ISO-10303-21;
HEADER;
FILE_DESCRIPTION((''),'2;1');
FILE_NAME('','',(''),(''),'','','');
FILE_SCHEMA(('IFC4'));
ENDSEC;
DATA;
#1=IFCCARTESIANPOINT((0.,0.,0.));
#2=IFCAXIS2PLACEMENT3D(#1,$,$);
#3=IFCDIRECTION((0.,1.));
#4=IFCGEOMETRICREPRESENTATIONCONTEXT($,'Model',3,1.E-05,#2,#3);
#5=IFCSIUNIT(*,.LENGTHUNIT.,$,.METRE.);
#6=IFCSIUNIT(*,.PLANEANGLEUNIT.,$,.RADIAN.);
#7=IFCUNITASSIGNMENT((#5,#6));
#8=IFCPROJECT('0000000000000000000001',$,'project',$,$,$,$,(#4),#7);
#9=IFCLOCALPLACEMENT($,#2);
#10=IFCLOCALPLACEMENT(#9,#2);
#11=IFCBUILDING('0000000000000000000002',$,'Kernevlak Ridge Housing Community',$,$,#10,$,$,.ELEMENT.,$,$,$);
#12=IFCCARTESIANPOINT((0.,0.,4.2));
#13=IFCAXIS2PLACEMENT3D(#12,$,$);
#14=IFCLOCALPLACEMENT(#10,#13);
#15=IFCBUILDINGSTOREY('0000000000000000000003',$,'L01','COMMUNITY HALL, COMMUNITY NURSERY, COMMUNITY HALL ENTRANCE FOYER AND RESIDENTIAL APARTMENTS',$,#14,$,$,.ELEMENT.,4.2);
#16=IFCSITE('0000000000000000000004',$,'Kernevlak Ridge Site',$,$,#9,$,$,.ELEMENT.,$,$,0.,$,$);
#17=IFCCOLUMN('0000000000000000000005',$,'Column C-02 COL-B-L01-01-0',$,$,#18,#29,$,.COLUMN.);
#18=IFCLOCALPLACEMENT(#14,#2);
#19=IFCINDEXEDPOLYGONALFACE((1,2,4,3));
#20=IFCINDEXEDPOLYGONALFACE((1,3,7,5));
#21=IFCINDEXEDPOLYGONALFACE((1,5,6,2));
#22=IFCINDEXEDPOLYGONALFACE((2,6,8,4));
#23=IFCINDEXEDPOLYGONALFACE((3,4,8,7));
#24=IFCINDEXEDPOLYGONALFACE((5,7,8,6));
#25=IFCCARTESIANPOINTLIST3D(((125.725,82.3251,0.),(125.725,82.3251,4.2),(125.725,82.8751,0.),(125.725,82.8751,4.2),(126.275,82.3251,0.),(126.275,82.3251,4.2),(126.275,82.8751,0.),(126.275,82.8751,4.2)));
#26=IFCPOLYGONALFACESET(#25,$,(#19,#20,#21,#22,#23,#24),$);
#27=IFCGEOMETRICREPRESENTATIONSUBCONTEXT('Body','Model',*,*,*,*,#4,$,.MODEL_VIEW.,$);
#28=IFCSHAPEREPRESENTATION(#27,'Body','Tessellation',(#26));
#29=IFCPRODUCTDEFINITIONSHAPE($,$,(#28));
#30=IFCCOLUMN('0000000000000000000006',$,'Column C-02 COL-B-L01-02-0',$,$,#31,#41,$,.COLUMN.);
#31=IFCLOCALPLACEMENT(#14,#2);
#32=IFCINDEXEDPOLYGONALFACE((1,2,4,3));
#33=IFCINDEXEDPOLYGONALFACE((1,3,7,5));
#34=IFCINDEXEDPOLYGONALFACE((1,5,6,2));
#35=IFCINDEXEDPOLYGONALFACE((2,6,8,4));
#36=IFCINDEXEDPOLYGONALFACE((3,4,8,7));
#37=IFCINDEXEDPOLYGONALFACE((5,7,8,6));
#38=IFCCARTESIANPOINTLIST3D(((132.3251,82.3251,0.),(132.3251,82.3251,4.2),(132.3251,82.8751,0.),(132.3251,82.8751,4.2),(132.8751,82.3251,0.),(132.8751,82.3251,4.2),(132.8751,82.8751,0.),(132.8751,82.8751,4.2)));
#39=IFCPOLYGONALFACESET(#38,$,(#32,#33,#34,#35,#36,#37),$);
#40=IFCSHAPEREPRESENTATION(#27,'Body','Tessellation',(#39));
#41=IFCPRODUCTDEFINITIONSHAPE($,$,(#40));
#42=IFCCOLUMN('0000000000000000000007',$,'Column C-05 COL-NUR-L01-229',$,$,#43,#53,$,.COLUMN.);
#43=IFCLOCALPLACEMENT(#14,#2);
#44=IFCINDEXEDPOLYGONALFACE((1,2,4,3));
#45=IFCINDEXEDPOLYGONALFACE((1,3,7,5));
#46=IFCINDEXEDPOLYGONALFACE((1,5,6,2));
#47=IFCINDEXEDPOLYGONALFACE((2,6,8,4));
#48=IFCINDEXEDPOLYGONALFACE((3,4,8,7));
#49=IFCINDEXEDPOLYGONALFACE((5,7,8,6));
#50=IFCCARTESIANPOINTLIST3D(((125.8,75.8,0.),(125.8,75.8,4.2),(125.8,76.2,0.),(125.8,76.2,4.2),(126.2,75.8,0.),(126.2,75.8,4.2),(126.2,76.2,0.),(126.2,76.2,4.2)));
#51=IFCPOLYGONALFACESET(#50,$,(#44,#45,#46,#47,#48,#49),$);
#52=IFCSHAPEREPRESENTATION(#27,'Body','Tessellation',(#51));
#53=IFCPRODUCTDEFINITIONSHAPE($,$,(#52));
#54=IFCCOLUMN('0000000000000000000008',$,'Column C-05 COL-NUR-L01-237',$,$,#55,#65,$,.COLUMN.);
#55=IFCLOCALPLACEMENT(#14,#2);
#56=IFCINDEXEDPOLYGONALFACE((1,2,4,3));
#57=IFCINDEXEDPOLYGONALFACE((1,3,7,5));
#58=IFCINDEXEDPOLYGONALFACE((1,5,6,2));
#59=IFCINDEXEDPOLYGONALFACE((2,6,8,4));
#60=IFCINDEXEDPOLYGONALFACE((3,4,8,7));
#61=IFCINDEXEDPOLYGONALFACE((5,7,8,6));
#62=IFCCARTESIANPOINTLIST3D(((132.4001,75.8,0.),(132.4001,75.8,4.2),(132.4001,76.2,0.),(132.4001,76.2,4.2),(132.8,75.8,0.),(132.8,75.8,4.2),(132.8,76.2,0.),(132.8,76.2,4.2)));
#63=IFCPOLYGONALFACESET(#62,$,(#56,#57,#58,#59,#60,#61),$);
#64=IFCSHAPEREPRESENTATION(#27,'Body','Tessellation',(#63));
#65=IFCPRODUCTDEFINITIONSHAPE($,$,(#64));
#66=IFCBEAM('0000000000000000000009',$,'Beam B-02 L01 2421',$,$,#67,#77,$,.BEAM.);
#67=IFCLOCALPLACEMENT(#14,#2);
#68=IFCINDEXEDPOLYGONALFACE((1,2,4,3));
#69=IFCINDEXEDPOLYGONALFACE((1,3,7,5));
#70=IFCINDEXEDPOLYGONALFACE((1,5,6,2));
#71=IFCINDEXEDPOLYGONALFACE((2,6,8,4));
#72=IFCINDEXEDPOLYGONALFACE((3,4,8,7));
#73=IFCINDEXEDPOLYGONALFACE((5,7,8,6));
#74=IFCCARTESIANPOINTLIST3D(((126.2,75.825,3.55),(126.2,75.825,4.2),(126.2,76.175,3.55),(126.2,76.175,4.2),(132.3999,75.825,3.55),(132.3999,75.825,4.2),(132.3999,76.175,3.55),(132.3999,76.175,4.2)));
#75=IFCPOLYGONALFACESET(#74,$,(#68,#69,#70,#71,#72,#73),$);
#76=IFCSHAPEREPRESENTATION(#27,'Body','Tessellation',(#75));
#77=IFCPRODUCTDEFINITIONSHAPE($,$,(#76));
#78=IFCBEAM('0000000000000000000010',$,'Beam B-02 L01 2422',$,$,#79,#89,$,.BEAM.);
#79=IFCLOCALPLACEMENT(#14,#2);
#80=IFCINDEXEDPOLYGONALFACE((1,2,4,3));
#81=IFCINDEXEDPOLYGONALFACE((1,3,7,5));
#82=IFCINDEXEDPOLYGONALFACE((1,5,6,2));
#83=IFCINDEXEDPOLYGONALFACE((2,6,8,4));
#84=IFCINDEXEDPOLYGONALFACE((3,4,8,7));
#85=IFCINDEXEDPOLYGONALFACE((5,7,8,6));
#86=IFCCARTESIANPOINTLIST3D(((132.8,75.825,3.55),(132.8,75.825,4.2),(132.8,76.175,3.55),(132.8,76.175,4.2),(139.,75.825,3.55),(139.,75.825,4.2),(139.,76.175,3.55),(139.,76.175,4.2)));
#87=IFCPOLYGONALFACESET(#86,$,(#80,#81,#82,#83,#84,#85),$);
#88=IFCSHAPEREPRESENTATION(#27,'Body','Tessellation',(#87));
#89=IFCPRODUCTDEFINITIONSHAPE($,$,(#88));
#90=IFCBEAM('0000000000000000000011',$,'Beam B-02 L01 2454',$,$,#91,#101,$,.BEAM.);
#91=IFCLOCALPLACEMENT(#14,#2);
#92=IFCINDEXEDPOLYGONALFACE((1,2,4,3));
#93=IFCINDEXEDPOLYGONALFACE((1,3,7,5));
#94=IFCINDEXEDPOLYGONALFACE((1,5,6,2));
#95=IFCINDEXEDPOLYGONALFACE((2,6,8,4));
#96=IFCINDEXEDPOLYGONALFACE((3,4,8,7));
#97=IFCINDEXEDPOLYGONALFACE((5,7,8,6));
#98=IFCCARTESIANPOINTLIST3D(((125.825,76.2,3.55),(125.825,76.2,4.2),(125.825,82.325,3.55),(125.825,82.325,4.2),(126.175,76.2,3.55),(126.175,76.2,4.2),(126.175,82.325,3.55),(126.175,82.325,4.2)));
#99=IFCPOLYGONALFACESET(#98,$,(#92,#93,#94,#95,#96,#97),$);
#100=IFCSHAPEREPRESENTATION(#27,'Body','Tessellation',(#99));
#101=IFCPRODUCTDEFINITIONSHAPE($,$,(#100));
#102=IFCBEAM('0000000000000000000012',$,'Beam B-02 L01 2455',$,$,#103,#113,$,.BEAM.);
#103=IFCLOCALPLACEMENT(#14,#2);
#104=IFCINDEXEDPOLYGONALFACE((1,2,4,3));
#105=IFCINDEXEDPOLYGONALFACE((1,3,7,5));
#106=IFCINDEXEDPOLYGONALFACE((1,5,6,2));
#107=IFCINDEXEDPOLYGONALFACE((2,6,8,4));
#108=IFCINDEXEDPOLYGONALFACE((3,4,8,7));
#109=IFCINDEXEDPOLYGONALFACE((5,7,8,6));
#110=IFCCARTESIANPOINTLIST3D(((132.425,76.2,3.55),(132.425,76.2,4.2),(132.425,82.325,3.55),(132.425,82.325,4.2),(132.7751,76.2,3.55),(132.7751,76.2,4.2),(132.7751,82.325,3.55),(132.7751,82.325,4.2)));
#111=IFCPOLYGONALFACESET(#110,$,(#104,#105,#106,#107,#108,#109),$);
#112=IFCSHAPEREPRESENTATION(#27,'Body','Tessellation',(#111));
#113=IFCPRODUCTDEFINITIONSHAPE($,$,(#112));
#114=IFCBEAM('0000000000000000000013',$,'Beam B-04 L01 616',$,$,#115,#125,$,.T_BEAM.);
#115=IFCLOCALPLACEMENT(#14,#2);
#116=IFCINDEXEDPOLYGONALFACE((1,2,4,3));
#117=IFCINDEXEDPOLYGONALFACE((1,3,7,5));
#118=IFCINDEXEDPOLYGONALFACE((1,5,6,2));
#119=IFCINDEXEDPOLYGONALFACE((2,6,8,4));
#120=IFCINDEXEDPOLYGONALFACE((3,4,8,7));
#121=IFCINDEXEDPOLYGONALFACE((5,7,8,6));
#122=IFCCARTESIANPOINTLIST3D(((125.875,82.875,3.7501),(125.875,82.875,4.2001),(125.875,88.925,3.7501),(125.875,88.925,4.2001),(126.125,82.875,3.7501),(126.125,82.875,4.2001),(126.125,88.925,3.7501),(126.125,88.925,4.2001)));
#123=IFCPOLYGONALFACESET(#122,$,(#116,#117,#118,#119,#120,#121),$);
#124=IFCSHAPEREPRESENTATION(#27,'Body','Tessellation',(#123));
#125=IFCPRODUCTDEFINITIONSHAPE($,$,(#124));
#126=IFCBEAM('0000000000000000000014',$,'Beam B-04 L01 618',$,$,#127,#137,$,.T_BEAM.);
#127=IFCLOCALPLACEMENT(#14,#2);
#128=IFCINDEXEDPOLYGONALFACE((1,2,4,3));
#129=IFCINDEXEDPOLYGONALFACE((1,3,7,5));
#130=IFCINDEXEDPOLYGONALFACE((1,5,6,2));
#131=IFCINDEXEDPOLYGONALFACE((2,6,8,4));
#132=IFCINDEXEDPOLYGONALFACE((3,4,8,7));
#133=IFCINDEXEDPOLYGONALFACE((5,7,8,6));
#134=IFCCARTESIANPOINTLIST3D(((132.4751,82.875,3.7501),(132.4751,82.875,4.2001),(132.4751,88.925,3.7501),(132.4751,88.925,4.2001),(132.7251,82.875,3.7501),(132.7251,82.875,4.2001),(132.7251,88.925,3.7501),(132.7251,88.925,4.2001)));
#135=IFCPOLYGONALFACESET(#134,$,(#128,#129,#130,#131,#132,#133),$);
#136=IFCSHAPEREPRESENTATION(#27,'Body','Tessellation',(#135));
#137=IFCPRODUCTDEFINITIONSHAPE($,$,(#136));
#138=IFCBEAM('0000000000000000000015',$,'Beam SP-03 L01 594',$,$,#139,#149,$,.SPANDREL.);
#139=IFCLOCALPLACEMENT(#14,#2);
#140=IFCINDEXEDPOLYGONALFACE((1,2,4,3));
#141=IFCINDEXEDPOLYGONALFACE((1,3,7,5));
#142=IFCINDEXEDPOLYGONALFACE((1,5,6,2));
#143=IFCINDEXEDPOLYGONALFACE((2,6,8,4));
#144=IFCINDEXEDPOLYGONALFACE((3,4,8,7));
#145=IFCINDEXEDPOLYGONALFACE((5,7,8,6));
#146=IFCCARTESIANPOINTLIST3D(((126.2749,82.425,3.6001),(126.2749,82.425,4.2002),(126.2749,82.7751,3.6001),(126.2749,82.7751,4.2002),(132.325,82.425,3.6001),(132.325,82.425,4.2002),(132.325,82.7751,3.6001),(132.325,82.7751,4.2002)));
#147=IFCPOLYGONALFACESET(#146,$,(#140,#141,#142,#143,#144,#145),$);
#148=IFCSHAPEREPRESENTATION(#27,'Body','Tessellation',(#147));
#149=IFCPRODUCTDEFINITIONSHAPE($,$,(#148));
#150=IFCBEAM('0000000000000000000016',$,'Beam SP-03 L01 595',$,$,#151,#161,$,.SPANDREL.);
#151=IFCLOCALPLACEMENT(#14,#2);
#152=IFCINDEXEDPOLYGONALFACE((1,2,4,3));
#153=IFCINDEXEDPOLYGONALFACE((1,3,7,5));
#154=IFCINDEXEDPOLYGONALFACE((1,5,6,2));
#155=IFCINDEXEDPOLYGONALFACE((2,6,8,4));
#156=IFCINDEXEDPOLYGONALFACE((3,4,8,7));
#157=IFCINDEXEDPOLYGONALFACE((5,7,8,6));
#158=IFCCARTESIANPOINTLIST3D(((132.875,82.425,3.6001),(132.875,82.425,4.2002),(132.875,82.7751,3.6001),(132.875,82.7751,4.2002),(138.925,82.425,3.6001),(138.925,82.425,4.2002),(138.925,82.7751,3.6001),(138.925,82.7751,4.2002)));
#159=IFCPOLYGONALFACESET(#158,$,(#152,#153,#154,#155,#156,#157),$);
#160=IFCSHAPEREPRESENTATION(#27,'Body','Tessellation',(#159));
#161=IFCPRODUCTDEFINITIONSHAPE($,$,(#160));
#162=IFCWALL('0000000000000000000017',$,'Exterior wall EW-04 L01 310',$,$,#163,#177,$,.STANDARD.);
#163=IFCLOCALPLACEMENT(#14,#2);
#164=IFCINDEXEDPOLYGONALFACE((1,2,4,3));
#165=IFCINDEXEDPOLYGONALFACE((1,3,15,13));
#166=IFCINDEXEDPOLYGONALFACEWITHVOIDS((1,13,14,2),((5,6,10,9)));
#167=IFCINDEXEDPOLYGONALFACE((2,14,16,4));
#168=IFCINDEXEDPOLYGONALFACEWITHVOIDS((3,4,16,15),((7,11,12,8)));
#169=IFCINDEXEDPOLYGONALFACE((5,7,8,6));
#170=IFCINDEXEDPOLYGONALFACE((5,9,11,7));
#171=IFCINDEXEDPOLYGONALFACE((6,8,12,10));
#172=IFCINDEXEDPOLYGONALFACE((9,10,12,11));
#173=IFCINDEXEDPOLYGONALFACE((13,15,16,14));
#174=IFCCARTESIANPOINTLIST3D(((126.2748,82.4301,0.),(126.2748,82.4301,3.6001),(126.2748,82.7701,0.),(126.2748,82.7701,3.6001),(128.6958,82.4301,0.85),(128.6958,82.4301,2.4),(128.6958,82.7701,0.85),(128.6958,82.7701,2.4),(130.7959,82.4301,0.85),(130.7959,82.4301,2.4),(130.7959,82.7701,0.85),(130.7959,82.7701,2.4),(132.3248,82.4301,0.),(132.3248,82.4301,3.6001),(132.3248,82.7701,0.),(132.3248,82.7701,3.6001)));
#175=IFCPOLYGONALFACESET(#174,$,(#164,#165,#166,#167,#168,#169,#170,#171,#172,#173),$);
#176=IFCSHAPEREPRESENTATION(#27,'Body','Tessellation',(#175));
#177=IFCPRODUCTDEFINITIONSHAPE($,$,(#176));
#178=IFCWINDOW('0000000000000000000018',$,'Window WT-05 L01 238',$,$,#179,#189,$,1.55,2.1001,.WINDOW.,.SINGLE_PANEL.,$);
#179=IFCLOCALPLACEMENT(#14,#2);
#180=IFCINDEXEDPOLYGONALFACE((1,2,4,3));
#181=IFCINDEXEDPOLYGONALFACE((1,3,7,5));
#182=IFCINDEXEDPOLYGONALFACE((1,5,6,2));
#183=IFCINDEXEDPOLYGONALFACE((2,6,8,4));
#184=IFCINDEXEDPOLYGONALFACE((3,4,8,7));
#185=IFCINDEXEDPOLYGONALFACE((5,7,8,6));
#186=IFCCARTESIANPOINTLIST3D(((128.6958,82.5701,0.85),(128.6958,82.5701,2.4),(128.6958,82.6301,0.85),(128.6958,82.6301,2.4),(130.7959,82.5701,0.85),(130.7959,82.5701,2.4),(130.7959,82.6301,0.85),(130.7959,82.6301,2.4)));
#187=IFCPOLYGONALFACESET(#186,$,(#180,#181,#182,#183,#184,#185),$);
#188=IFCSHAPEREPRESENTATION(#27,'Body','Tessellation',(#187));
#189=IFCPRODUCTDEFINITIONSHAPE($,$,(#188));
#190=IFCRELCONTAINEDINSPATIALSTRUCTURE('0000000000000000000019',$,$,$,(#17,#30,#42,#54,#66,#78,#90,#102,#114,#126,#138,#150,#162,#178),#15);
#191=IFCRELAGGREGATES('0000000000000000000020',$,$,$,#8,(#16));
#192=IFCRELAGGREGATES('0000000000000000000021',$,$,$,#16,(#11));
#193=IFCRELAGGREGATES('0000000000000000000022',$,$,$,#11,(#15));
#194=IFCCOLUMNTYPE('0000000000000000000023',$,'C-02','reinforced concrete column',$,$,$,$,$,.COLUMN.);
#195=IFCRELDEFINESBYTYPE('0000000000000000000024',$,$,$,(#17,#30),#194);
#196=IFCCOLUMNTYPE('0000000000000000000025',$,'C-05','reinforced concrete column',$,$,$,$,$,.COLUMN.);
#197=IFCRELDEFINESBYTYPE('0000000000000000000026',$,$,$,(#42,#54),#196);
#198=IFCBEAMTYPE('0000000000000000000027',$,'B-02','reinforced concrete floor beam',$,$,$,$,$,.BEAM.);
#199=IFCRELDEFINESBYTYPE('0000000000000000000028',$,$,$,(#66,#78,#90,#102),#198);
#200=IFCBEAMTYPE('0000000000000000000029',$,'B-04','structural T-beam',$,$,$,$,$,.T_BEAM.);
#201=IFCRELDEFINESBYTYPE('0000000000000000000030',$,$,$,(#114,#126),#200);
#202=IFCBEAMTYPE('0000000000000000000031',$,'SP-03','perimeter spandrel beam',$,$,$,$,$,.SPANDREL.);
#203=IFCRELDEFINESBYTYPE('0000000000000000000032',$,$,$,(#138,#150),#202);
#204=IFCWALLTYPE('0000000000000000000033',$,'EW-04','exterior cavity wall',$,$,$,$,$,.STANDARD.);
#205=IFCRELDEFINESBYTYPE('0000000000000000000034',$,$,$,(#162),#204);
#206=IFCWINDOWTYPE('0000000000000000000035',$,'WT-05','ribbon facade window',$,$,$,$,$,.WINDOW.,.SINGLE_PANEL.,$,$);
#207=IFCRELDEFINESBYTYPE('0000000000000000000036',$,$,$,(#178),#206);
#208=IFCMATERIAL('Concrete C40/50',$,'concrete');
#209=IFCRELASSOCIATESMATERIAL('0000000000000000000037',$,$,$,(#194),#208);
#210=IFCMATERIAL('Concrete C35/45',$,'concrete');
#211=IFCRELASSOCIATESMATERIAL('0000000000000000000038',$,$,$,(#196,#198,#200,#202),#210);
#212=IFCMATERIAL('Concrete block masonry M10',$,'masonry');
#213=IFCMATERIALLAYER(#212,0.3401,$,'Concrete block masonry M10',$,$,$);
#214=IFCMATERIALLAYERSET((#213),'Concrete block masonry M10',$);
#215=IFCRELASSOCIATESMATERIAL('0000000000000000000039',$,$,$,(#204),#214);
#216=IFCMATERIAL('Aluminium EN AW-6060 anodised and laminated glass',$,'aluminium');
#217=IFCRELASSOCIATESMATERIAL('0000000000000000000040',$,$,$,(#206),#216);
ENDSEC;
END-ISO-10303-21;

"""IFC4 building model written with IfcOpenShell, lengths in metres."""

from ifc_helpers import new_model, si_unit, direction, frame, frame_2d, origin, origin_2d, place, context, subcontext, project, spatial, rectangle, extrude, material, layer, layer_set, material_profile, profile_set, type_object, element, fill, save


model = new_model("IFC4")

# Units and contexts
model_context = context("Model", 3, precision=1e-05, world=origin(), true_north=direction((0.0, 1.0)))
body_context = subcontext(model_context, "Body", "Model", "MODEL_VIEW")
ifc_project = project(units=[si_unit("LENGTHUNIT", "METRE"), si_unit("PLANEANGLEUNIT", "RADIAN")], contexts=[model_context])

# Site, building, storey
site_placement = place(None, origin())
site = spatial("IfcSite", under=ifc_project, at=site_placement, Name="Kernevlak Ridge Site", CompositionType="ELEMENT", RefElevation=0.0)
building_placement = place(site_placement, origin())
building = spatial("IfcBuilding", under=site, at=building_placement, Name="Kernevlak Ridge Housing Community", CompositionType="ELEMENT")
storey_placement = place(building_placement, frame((0.0, 0.0, 4.2)))
storey = spatial("IfcBuildingStorey", under=building, at=storey_placement, Name="L01", Description="COMMUNITY HALL, COMMUNITY NURSERY, COMMUNITY HALL ENTRANCE FOYER AND RESIDENTIAL APARTMENTS", CompositionType="ELEMENT", Elevation=4.2)

# Columns
ifc_material_1 = material(Name="Concrete C40/50", Category="concrete")
ifc_material_profile_1 = material_profile(ifc_material_1, rectangle(XDim=0.55, YDim=0.55, at=origin_2d()), Name="RC 550x550")
ifc_profile_set_1 = profile_set([ifc_material_profile_1], Name="Concrete C40/50")
column_type_1 = type_object("IfcColumnType", Name="C-02", Description="reinforced concrete column", PredefinedType="COLUMN", material=ifc_profile_set_1)
for number, where, z_axis, x_axis, name in (
    (1, (126.0, 82.6001, 0.0), (0.0, 0.0, 1.0), (1.0, 0.0, 0.0), "Column C-02 COL-B-L01-01-0"),
    (2, (132.6001, 82.6001, 0.0), (0.0, 0.0, 1.0), (1.0, 0.0, 0.0), "Column C-02 COL-B-L01-02-0"),
):
    element("IfcColumn", number, at=place(storey_placement, frame(where, z_axis=z_axis, x_axis=x_axis)), inside=storey, type_object=column_type_1, Name=name, PredefinedType="COLUMN", context=body_context, shape_type="SweptSolid", body=[
        extrude(rectangle(XDim=0.55, YDim=0.55, at=origin_2d()), origin(), (0.0, 0.0, 1.0), 4.2),
    ])
ifc_material_2 = material(Name="Concrete C35/45", Category="concrete")
ifc_material_profile_2 = material_profile(ifc_material_2, rectangle(XDim=0.3999, YDim=0.3999, at=origin_2d()), Name="RC 400x400")
ifc_profile_set_2 = profile_set([ifc_material_profile_2], Name="Concrete C35/45")
column_type_2 = type_object("IfcColumnType", Name="C-05", Description="reinforced concrete column", PredefinedType="COLUMN", material=ifc_profile_set_2)
for number, where, z_axis, x_axis, name in (
    (3, (126.0, 76.0, 0.0), (0.0, 0.0, 1.0), (1.0, 0.0, 0.0), "Column C-05 COL-NUR-L01-229"),
    (4, (132.6001, 76.0, 0.0), (0.0, 0.0, 1.0), (1.0, 0.0, 0.0), "Column C-05 COL-NUR-L01-237"),
):
    element("IfcColumn", number, at=place(storey_placement, frame(where, z_axis=z_axis, x_axis=x_axis)), inside=storey, type_object=column_type_2, Name=name, PredefinedType="COLUMN", context=body_context, shape_type="SweptSolid", body=[
        extrude(rectangle(XDim=0.3999, YDim=0.3999, at=origin_2d()), origin(), (0.0, 0.0, 1.0), 4.2),
    ])

# Beams
ifc_material_profile_3 = material_profile(ifc_material_2, rectangle(XDim=0.3501, YDim=0.6499, at=origin_2d()), Name="RC 350x650")
ifc_profile_set_3 = profile_set([ifc_material_profile_3], Name="Concrete C35/45")
beam_type_1 = type_object("IfcBeamType", Name="B-02", Description="reinforced concrete floor beam", PredefinedType="BEAM", material=ifc_profile_set_3)
for number, where, z_axis, x_axis, name in (
    (5, (126.2, 76.0, 3.875), (1.0, 0.0, 0.0), (0.0, 1.0, 0.0), "Beam B-02 L01 2421"),
    (6, (132.8, 76.0, 3.875), (1.0, 0.0, 0.0), (0.0, 1.0, 0.0), "Beam B-02 L01 2422"),
):
    element("IfcBeam", number, at=place(storey_placement, frame(where, z_axis=z_axis, x_axis=x_axis)), inside=storey, type_object=beam_type_1, Name=name, PredefinedType="BEAM", context=body_context, shape_type="SweptSolid", body=[
        extrude(rectangle(XDim=0.3501, YDim=0.6499, at=origin_2d()), origin(), (0.0, 0.0, 1.0), 6.2),
    ])
for number, where, z_axis, x_axis, name in (
    (7, (126.0, 76.2, 3.875), (0.0, 1.0, 0.0), (-1.0, 0.0, 0.0), "Beam B-02 L01 2454"),
    (8, (132.6001, 76.2, 3.875), (0.0, 1.0, 0.0), (-1.0, 0.0, 0.0), "Beam B-02 L01 2455"),
):
    element("IfcBeam", number, at=place(storey_placement, frame(where, z_axis=z_axis, x_axis=x_axis)), inside=storey, type_object=beam_type_1, Name=name, PredefinedType="BEAM", context=body_context, shape_type="SweptSolid", body=[
        extrude(rectangle(XDim=0.3501, YDim=0.6499, at=origin_2d()), origin(), (0.0, 0.0, 1.0), 6.125),
    ])
ifc_material_profile_4 = material_profile(ifc_material_2, rectangle(XDim=0.25, YDim=0.45, at=origin_2d()), Name="RC 250x450")
ifc_profile_set_4 = profile_set([ifc_material_profile_4], Name="Concrete C35/45")
beam_type_2 = type_object("IfcBeamType", Name="B-04", Description="structural T-beam", PredefinedType="T_BEAM", material=ifc_profile_set_4)
for number, where, z_axis, x_axis, name in (
    (9, (126.0, 82.875, 3.9751), (0.0, 1.0, 0.0), (-1.0, 0.0, 0.0), "Beam B-04 L01 616"),
    (10, (132.6001, 82.875, 3.9751), (0.0, 1.0, 0.0), (-1.0, 0.0, 0.0), "Beam B-04 L01 618"),
):
    element("IfcBeam", number, at=place(storey_placement, frame(where, z_axis=z_axis, x_axis=x_axis)), inside=storey, type_object=beam_type_2, Name=name, PredefinedType="T_BEAM", context=body_context, shape_type="SweptSolid", body=[
        extrude(rectangle(XDim=0.25, YDim=0.45, at=origin_2d()), origin(), (0.0, 0.0, 1.0), 6.05),
    ])
ifc_material_profile_5 = material_profile(ifc_material_2, rectangle(XDim=0.3501, YDim=0.6001, at=origin_2d()), Name="RC 350x600")
ifc_profile_set_5 = profile_set([ifc_material_profile_5], Name="Concrete C35/45")
beam_type_3 = type_object("IfcBeamType", Name="SP-03", Description="perimeter spandrel beam", PredefinedType="SPANDREL", material=ifc_profile_set_5)
for number, where, z_axis, x_axis, name in (
    (11, (126.2749, 82.6001, 3.9001), (1.0, 0.0, 0.0), (0.0, 1.0, 0.0), "Beam SP-03 L01 594"),
    (12, (132.875, 82.6001, 3.9001), (1.0, 0.0, 0.0), (0.0, 1.0, 0.0), "Beam SP-03 L01 595"),
):
    element("IfcBeam", number, at=place(storey_placement, frame(where, z_axis=z_axis, x_axis=x_axis)), inside=storey, type_object=beam_type_3, Name=name, PredefinedType="SPANDREL", context=body_context, shape_type="SweptSolid", body=[
        extrude(rectangle(XDim=0.3501, YDim=0.6001, at=origin_2d()), origin(), (0.0, 0.0, 1.0), 6.05),
    ])

# Wall, opening, window
ifc_material_3 = material(Name="Concrete block masonry M10", Category="masonry")
ifc_layer_1 = layer(ifc_material_3, 0.3401, Name="Concrete block masonry M10")
ifc_layer_set_1 = layer_set([ifc_layer_1], Name="Concrete block masonry M10")
wall_type_1 = type_object("IfcWallType", Name="EW-04", Description="exterior cavity wall", PredefinedType="STANDARD", material=ifc_layer_set_1)
wall_1_placement = place(storey_placement, frame((126.2749, 82.6001, 0.0), z_axis=(0.0, 0.0, 1.0), x_axis=(1.0, 0.0, 0.0)))
wall_1 = element("IfcWall", 13, at=wall_1_placement, inside=storey, type_object=wall_type_1, Name="Exterior wall EW-04 L01 310", PredefinedType="STANDARD", context=body_context, shape_type="SweptSolid", body=[
    extrude(rectangle(XDim=6.05, YDim=0.3401, at=frame_2d((3.0249, 0.0))), origin(), (0.0, 0.0, 1.0), 3.6001),
])
opening_1_placement = place(wall_1_placement, frame((2.4209, 0.0, 0.8501)))
opening_1 = element("IfcOpeningElement", 14, at=opening_1_placement, cuts=wall_1, PredefinedType="OPENING", context=body_context, shape_type="SweptSolid", body=[
    extrude(rectangle(XDim=2.1001, YDim=1.55, at=frame_2d((1.05, 0.7749))), frame((0.0, 0.1799, 0.0), z_axis=(0.0, -1.0, 0.0), x_axis=(1.0, 0.0, 0.0)), (0.0, 0.0, 1.0), 0.3601),
])
ifc_material_4 = material(Name="Aluminium EN AW-6060 anodised and laminated glass", Category="aluminium")
window_type_1 = type_object("IfcWindowType", Name="WT-05", Description="ribbon facade window", PartitioningType="SINGLE_PANEL", PredefinedType="WINDOW", material=ifc_material_4)
window_1_placement = place(opening_1_placement, origin())
window_1 = element("IfcWindow", 15, at=window_1_placement, inside=storey, type_object=window_type_1, Name="Window WT-05 L01 238", OverallHeight=1.55, OverallWidth=2.1001, PartitioningType="SINGLE_PANEL", PredefinedType="WINDOW", context=body_context, shape_type="SweptSolid", body=[
    extrude(rectangle(XDim=2.1001, YDim=1.55, at=frame_2d((1.05, 0.7749))), frame((0.0, 0.03, 0.0), z_axis=(0.0, -1.0, 0.0), x_axis=(1.0, 0.0, 0.0)), (0.0, 0.0, 1.0), 0.0601),
])
fill(opening_1, window_1)

save(model, "model.ifc")
